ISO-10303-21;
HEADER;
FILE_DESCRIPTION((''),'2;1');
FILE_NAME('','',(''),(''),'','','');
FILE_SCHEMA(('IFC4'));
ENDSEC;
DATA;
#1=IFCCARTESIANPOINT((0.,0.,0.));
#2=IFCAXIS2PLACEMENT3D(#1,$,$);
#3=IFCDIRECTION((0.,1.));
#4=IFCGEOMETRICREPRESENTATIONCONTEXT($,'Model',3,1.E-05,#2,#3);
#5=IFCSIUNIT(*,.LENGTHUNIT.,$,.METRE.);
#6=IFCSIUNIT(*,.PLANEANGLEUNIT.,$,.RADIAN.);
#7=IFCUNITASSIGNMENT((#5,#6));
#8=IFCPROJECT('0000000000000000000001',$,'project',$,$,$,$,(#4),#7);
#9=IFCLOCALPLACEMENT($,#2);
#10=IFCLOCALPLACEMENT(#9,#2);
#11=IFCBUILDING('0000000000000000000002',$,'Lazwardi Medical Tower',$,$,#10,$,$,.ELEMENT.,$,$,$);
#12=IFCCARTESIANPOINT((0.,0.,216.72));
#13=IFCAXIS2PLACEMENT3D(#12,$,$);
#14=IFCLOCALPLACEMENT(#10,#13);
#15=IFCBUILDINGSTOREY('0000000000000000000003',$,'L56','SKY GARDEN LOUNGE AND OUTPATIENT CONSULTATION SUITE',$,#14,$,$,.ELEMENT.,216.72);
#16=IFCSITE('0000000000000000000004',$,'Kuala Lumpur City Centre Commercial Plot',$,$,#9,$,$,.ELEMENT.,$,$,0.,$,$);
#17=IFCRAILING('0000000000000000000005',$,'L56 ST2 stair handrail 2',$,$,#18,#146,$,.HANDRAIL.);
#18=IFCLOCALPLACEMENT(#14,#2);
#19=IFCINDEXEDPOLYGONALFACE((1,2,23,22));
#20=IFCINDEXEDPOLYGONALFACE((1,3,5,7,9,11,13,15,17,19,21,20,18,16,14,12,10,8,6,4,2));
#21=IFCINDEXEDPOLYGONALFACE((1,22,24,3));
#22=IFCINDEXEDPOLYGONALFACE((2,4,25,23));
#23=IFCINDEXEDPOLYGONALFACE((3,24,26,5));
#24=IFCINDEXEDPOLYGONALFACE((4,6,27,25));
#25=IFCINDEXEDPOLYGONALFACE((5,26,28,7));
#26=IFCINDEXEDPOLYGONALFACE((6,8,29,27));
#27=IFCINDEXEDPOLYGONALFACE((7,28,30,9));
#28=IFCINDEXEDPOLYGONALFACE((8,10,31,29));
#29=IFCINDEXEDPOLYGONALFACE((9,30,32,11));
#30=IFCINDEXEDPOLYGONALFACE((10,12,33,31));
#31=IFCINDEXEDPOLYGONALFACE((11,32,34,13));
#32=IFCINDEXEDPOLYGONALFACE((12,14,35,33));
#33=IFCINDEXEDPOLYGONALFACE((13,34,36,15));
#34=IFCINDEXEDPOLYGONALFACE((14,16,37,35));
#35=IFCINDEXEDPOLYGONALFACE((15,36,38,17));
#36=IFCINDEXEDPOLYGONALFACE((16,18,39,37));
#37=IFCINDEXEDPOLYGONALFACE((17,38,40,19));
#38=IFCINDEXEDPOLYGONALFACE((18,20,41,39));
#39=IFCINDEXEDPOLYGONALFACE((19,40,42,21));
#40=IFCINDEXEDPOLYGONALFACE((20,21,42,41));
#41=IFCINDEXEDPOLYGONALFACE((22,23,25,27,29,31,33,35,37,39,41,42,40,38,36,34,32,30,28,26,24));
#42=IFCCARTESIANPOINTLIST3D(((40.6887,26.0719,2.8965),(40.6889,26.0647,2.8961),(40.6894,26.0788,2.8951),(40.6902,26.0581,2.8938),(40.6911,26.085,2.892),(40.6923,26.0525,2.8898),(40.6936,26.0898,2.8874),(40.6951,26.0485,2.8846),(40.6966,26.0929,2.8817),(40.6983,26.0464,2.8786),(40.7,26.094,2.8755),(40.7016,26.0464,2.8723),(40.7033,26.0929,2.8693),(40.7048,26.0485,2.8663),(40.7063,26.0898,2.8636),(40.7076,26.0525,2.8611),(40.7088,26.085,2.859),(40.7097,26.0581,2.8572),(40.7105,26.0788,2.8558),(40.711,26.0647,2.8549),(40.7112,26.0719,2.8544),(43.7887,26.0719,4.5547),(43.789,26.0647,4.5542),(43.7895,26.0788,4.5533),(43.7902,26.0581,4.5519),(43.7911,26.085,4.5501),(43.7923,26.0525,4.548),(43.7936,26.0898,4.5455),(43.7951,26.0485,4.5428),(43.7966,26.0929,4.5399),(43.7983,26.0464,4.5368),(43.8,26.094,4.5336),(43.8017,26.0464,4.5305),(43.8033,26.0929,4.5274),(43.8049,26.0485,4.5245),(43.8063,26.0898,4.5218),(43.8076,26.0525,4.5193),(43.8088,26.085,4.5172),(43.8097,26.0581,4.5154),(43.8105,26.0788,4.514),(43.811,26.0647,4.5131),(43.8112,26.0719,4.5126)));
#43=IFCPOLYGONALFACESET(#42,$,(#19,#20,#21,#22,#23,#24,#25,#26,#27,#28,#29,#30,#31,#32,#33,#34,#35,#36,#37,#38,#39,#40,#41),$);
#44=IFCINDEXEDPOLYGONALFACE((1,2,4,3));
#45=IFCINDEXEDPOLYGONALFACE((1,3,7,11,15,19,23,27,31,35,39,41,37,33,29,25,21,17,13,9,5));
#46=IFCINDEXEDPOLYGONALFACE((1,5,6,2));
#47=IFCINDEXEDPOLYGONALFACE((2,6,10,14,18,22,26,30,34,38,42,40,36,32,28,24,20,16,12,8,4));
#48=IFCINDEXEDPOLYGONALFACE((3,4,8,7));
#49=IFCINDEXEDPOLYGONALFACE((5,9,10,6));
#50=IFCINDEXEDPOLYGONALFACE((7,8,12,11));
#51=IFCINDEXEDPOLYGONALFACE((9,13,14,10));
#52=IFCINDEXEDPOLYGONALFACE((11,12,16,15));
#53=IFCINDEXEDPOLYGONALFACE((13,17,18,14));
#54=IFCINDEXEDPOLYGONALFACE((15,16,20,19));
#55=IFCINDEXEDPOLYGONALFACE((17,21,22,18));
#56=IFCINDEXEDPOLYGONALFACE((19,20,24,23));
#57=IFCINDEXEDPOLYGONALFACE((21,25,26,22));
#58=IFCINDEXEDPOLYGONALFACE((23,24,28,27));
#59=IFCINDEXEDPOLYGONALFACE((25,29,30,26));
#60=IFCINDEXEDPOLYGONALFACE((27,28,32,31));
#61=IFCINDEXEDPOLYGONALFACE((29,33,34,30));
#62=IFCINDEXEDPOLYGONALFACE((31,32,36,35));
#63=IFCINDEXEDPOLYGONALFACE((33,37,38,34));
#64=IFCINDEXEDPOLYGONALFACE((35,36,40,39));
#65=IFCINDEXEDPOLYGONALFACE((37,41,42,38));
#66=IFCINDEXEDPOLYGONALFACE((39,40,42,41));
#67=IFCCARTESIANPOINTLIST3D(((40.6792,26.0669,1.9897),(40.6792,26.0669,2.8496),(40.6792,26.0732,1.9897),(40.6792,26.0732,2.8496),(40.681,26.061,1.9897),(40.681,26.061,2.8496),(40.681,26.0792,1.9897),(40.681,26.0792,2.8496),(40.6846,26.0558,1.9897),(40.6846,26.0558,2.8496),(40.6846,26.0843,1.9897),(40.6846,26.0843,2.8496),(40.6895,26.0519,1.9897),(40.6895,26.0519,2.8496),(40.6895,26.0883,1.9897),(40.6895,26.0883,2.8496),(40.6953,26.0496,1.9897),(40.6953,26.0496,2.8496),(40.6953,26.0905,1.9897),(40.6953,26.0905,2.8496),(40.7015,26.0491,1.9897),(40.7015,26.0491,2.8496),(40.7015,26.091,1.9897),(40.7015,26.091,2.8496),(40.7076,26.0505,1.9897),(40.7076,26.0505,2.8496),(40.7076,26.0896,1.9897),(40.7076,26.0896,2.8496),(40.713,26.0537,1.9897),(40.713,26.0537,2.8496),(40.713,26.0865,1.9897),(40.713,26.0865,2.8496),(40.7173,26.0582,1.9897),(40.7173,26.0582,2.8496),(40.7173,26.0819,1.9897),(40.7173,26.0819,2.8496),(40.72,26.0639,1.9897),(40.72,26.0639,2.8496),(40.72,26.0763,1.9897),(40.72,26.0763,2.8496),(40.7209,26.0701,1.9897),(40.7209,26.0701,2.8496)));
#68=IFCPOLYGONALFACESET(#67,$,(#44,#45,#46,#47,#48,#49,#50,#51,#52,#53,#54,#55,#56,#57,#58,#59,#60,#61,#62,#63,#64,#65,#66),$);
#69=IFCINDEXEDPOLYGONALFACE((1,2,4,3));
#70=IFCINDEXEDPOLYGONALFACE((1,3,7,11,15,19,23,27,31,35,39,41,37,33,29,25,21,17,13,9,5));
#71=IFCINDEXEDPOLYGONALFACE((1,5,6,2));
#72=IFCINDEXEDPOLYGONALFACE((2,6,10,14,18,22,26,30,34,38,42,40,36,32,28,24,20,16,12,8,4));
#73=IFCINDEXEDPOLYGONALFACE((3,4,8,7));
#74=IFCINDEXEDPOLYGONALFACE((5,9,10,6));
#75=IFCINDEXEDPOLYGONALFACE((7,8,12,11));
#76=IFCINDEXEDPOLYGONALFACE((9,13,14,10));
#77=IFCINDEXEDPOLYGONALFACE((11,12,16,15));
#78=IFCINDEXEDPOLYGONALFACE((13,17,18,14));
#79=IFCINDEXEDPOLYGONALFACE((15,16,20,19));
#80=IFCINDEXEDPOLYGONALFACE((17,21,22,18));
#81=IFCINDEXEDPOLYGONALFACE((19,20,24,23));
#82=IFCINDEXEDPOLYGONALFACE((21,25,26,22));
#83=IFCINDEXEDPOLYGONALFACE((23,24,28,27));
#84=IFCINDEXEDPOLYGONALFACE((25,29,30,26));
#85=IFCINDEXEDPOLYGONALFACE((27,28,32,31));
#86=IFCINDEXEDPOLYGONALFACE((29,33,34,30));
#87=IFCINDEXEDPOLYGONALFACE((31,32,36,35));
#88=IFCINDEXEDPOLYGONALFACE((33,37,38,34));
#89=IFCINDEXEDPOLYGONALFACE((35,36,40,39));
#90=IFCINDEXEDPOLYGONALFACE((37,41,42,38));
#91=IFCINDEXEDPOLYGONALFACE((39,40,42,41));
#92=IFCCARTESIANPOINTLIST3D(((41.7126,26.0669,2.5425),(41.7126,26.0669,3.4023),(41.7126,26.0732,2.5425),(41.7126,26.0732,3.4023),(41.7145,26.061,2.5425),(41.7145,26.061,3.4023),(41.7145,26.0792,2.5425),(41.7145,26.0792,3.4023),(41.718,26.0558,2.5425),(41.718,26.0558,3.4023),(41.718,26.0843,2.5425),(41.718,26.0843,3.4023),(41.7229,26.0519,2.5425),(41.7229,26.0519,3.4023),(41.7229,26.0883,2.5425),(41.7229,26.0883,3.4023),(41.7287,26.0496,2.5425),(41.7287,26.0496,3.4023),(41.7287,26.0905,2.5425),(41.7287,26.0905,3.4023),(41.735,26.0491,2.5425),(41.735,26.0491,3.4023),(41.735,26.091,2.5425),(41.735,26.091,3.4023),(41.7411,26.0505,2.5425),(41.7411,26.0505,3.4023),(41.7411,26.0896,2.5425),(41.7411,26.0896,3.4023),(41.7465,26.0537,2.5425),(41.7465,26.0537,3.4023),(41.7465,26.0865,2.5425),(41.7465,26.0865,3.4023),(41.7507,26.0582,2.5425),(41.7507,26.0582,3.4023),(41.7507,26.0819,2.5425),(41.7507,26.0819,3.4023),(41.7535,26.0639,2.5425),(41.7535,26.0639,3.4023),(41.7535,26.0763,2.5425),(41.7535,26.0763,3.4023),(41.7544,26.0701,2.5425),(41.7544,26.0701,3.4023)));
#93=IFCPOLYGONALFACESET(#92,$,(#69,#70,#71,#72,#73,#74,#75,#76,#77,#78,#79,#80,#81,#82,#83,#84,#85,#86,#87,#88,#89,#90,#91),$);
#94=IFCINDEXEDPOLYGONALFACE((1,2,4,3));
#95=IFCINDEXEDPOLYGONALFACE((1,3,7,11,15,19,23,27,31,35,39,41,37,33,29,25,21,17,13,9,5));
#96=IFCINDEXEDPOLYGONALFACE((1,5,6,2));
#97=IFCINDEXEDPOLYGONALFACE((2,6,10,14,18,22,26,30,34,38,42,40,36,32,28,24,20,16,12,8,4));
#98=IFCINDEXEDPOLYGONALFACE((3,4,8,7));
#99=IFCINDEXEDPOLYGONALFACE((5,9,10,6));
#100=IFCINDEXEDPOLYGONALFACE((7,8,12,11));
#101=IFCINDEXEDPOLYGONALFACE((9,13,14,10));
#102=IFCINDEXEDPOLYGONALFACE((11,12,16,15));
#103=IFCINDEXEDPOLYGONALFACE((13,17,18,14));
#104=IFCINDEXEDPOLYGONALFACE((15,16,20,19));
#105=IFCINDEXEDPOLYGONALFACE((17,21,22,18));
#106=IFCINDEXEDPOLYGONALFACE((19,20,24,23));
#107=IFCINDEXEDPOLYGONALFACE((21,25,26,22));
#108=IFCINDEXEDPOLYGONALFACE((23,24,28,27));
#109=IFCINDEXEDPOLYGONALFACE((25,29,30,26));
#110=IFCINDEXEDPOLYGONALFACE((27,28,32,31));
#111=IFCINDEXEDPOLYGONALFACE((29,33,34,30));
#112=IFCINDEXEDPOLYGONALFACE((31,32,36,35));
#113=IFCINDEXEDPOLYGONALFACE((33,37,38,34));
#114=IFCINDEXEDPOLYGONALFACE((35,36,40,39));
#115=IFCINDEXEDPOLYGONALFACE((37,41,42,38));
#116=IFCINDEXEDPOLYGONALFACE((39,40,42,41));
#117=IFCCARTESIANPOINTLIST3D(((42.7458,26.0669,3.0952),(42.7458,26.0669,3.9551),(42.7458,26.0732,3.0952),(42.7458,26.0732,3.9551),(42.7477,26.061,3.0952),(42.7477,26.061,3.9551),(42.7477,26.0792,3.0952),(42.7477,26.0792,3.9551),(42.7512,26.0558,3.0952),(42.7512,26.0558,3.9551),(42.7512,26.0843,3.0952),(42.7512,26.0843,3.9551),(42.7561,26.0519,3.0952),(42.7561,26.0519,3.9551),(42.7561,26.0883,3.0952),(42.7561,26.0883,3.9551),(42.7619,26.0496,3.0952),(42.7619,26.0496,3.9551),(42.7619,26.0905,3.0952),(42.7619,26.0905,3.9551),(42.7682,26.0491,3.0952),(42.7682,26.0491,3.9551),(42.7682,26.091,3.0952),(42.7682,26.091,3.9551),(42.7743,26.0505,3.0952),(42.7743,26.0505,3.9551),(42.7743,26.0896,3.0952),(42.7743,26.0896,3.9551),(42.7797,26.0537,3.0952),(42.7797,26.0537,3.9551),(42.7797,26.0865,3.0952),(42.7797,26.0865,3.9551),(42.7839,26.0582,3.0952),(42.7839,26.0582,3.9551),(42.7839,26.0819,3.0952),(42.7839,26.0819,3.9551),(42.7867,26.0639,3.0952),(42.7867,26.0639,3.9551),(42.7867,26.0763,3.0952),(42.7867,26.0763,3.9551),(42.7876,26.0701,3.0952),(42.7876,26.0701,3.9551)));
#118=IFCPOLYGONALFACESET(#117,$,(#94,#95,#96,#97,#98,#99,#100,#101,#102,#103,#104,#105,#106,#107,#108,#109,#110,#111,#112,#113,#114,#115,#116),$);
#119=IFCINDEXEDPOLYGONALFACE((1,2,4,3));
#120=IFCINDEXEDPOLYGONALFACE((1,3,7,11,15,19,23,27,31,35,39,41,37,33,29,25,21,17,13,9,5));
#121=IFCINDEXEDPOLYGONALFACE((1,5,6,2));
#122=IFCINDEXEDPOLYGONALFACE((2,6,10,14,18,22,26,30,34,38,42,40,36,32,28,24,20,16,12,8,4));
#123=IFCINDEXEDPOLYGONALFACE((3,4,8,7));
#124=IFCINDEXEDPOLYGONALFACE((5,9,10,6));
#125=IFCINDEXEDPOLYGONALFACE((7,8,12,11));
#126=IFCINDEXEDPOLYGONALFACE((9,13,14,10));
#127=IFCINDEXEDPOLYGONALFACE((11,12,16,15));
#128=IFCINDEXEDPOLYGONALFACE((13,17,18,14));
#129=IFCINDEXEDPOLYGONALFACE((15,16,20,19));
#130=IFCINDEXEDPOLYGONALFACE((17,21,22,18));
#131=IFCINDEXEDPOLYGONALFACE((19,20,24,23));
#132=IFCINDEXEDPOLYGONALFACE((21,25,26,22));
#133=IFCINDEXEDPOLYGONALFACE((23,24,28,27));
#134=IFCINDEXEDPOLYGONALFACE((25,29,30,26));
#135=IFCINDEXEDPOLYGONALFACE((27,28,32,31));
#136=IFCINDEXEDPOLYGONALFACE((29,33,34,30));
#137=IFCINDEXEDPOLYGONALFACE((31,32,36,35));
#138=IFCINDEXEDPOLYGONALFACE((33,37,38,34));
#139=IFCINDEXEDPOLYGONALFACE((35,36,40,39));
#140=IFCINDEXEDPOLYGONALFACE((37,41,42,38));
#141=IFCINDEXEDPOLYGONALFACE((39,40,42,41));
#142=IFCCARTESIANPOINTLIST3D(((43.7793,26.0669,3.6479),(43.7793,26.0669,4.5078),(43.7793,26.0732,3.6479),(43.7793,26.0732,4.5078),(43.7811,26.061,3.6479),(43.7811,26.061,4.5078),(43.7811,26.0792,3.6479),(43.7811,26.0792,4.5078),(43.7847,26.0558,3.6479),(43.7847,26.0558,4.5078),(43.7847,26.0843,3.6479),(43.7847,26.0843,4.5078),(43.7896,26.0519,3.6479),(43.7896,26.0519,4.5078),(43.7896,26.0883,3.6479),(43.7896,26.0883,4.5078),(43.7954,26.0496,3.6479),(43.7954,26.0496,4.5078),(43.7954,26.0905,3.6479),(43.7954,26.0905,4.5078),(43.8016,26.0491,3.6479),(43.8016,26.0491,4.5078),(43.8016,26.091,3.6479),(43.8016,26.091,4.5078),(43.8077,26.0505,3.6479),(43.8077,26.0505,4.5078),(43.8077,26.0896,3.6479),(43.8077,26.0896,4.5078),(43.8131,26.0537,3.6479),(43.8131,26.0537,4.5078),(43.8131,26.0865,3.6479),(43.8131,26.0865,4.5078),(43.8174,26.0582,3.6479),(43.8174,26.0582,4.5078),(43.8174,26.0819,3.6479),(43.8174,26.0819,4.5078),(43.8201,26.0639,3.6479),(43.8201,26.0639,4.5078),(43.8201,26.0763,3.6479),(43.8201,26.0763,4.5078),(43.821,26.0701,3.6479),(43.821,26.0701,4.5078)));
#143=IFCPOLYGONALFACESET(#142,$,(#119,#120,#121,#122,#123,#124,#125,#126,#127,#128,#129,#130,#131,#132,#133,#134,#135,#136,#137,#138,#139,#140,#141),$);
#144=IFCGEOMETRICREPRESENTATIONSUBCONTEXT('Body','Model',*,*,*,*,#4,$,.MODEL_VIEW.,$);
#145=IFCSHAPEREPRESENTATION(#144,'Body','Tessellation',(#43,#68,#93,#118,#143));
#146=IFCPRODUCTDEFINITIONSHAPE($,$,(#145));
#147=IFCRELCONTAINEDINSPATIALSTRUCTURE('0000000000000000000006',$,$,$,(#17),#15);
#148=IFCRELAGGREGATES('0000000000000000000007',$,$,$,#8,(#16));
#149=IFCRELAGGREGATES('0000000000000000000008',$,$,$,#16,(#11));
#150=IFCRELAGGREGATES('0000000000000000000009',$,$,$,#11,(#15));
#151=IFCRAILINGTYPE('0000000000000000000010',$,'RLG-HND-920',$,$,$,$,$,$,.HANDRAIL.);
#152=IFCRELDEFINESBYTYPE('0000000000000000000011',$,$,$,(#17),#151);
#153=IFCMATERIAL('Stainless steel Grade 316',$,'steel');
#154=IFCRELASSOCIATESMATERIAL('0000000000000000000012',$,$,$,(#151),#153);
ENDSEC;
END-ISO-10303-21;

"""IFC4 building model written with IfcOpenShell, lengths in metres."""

from ifc_helpers import new_model, si_unit, direction, frame, origin, origin_2d, place, context, subcontext, project, spatial, circle, extrude, material, type_object, element, save


model = new_model("IFC4")

# Units and contexts
model_context = context("Model", 3, precision=1e-05, world=origin(), true_north=direction((0.0, 1.0)))
body_context = subcontext(model_context, "Body", "Model", "MODEL_VIEW")
ifc_project = project(units=[si_unit("LENGTHUNIT", "METRE"), si_unit("PLANEANGLEUNIT", "RADIAN")], contexts=[model_context])

# Site, building, storey
site_placement = place(None, origin())
site = spatial("IfcSite", under=ifc_project, at=site_placement, Name="Kuala Lumpur City Centre Commercial Plot", CompositionType="ELEMENT", RefElevation=0.0)
building_placement = place(site_placement, origin())
building = spatial("IfcBuilding", under=site, at=building_placement, Name="Lazwardi Medical Tower", CompositionType="ELEMENT")
storey_placement = place(building_placement, frame((0.0, 0.0, 216.72)))
storey = spatial("IfcBuildingStorey", under=building, at=storey_placement, Name="L56", Description="SKY GARDEN LOUNGE AND OUTPATIENT CONSULTATION SUITE", CompositionType="ELEMENT", Elevation=216.72)

# Railing
ifc_material_1 = material(Name="Stainless steel Grade 316", Category="steel")
railing_type_1 = type_object("IfcRailingType", Name="RLG-HND-920", PredefinedType="HANDRAIL", material=ifc_material_1)
railing_1_placement = place(storey_placement, frame((40.7, 26.0701, 1.9897)))
element("IfcRailing", 1, at=railing_1_placement, inside=storey, type_object=railing_type_1, Name="L56 ST2 stair handrail 2", PredefinedType="HANDRAIL", context=body_context, shape_type="SweptSolid", body=[
    extrude(circle(Radius=0.0239, at=origin_2d()), frame((0.0, 0.0, 0.8857), z_axis=(0.881783, 0.0, 0.471655), x_axis=(0.0, 1.0, 0.0)), (0.0, 0.0, 1.0), 3.5156),
    extrude(circle(Radius=0.021, at=origin_2d()), origin(), (0.0, 0.0, 1.0), 0.8599),
    extrude(circle(Radius=0.021, at=origin_2d()), frame((1.0334, 0.0, 0.5527)), (0.0, 0.0, 1.0), 0.8599),
    extrude(circle(Radius=0.021, at=origin_2d()), frame((2.0667, 0.0, 1.1055)), (0.0, 0.0, 1.0), 0.8599),
    extrude(circle(Radius=0.021, at=origin_2d()), frame((3.1001, 0.0, 1.6582)), (0.0, 0.0, 1.0), 0.8599),
])

save(model, "model.ifc")
